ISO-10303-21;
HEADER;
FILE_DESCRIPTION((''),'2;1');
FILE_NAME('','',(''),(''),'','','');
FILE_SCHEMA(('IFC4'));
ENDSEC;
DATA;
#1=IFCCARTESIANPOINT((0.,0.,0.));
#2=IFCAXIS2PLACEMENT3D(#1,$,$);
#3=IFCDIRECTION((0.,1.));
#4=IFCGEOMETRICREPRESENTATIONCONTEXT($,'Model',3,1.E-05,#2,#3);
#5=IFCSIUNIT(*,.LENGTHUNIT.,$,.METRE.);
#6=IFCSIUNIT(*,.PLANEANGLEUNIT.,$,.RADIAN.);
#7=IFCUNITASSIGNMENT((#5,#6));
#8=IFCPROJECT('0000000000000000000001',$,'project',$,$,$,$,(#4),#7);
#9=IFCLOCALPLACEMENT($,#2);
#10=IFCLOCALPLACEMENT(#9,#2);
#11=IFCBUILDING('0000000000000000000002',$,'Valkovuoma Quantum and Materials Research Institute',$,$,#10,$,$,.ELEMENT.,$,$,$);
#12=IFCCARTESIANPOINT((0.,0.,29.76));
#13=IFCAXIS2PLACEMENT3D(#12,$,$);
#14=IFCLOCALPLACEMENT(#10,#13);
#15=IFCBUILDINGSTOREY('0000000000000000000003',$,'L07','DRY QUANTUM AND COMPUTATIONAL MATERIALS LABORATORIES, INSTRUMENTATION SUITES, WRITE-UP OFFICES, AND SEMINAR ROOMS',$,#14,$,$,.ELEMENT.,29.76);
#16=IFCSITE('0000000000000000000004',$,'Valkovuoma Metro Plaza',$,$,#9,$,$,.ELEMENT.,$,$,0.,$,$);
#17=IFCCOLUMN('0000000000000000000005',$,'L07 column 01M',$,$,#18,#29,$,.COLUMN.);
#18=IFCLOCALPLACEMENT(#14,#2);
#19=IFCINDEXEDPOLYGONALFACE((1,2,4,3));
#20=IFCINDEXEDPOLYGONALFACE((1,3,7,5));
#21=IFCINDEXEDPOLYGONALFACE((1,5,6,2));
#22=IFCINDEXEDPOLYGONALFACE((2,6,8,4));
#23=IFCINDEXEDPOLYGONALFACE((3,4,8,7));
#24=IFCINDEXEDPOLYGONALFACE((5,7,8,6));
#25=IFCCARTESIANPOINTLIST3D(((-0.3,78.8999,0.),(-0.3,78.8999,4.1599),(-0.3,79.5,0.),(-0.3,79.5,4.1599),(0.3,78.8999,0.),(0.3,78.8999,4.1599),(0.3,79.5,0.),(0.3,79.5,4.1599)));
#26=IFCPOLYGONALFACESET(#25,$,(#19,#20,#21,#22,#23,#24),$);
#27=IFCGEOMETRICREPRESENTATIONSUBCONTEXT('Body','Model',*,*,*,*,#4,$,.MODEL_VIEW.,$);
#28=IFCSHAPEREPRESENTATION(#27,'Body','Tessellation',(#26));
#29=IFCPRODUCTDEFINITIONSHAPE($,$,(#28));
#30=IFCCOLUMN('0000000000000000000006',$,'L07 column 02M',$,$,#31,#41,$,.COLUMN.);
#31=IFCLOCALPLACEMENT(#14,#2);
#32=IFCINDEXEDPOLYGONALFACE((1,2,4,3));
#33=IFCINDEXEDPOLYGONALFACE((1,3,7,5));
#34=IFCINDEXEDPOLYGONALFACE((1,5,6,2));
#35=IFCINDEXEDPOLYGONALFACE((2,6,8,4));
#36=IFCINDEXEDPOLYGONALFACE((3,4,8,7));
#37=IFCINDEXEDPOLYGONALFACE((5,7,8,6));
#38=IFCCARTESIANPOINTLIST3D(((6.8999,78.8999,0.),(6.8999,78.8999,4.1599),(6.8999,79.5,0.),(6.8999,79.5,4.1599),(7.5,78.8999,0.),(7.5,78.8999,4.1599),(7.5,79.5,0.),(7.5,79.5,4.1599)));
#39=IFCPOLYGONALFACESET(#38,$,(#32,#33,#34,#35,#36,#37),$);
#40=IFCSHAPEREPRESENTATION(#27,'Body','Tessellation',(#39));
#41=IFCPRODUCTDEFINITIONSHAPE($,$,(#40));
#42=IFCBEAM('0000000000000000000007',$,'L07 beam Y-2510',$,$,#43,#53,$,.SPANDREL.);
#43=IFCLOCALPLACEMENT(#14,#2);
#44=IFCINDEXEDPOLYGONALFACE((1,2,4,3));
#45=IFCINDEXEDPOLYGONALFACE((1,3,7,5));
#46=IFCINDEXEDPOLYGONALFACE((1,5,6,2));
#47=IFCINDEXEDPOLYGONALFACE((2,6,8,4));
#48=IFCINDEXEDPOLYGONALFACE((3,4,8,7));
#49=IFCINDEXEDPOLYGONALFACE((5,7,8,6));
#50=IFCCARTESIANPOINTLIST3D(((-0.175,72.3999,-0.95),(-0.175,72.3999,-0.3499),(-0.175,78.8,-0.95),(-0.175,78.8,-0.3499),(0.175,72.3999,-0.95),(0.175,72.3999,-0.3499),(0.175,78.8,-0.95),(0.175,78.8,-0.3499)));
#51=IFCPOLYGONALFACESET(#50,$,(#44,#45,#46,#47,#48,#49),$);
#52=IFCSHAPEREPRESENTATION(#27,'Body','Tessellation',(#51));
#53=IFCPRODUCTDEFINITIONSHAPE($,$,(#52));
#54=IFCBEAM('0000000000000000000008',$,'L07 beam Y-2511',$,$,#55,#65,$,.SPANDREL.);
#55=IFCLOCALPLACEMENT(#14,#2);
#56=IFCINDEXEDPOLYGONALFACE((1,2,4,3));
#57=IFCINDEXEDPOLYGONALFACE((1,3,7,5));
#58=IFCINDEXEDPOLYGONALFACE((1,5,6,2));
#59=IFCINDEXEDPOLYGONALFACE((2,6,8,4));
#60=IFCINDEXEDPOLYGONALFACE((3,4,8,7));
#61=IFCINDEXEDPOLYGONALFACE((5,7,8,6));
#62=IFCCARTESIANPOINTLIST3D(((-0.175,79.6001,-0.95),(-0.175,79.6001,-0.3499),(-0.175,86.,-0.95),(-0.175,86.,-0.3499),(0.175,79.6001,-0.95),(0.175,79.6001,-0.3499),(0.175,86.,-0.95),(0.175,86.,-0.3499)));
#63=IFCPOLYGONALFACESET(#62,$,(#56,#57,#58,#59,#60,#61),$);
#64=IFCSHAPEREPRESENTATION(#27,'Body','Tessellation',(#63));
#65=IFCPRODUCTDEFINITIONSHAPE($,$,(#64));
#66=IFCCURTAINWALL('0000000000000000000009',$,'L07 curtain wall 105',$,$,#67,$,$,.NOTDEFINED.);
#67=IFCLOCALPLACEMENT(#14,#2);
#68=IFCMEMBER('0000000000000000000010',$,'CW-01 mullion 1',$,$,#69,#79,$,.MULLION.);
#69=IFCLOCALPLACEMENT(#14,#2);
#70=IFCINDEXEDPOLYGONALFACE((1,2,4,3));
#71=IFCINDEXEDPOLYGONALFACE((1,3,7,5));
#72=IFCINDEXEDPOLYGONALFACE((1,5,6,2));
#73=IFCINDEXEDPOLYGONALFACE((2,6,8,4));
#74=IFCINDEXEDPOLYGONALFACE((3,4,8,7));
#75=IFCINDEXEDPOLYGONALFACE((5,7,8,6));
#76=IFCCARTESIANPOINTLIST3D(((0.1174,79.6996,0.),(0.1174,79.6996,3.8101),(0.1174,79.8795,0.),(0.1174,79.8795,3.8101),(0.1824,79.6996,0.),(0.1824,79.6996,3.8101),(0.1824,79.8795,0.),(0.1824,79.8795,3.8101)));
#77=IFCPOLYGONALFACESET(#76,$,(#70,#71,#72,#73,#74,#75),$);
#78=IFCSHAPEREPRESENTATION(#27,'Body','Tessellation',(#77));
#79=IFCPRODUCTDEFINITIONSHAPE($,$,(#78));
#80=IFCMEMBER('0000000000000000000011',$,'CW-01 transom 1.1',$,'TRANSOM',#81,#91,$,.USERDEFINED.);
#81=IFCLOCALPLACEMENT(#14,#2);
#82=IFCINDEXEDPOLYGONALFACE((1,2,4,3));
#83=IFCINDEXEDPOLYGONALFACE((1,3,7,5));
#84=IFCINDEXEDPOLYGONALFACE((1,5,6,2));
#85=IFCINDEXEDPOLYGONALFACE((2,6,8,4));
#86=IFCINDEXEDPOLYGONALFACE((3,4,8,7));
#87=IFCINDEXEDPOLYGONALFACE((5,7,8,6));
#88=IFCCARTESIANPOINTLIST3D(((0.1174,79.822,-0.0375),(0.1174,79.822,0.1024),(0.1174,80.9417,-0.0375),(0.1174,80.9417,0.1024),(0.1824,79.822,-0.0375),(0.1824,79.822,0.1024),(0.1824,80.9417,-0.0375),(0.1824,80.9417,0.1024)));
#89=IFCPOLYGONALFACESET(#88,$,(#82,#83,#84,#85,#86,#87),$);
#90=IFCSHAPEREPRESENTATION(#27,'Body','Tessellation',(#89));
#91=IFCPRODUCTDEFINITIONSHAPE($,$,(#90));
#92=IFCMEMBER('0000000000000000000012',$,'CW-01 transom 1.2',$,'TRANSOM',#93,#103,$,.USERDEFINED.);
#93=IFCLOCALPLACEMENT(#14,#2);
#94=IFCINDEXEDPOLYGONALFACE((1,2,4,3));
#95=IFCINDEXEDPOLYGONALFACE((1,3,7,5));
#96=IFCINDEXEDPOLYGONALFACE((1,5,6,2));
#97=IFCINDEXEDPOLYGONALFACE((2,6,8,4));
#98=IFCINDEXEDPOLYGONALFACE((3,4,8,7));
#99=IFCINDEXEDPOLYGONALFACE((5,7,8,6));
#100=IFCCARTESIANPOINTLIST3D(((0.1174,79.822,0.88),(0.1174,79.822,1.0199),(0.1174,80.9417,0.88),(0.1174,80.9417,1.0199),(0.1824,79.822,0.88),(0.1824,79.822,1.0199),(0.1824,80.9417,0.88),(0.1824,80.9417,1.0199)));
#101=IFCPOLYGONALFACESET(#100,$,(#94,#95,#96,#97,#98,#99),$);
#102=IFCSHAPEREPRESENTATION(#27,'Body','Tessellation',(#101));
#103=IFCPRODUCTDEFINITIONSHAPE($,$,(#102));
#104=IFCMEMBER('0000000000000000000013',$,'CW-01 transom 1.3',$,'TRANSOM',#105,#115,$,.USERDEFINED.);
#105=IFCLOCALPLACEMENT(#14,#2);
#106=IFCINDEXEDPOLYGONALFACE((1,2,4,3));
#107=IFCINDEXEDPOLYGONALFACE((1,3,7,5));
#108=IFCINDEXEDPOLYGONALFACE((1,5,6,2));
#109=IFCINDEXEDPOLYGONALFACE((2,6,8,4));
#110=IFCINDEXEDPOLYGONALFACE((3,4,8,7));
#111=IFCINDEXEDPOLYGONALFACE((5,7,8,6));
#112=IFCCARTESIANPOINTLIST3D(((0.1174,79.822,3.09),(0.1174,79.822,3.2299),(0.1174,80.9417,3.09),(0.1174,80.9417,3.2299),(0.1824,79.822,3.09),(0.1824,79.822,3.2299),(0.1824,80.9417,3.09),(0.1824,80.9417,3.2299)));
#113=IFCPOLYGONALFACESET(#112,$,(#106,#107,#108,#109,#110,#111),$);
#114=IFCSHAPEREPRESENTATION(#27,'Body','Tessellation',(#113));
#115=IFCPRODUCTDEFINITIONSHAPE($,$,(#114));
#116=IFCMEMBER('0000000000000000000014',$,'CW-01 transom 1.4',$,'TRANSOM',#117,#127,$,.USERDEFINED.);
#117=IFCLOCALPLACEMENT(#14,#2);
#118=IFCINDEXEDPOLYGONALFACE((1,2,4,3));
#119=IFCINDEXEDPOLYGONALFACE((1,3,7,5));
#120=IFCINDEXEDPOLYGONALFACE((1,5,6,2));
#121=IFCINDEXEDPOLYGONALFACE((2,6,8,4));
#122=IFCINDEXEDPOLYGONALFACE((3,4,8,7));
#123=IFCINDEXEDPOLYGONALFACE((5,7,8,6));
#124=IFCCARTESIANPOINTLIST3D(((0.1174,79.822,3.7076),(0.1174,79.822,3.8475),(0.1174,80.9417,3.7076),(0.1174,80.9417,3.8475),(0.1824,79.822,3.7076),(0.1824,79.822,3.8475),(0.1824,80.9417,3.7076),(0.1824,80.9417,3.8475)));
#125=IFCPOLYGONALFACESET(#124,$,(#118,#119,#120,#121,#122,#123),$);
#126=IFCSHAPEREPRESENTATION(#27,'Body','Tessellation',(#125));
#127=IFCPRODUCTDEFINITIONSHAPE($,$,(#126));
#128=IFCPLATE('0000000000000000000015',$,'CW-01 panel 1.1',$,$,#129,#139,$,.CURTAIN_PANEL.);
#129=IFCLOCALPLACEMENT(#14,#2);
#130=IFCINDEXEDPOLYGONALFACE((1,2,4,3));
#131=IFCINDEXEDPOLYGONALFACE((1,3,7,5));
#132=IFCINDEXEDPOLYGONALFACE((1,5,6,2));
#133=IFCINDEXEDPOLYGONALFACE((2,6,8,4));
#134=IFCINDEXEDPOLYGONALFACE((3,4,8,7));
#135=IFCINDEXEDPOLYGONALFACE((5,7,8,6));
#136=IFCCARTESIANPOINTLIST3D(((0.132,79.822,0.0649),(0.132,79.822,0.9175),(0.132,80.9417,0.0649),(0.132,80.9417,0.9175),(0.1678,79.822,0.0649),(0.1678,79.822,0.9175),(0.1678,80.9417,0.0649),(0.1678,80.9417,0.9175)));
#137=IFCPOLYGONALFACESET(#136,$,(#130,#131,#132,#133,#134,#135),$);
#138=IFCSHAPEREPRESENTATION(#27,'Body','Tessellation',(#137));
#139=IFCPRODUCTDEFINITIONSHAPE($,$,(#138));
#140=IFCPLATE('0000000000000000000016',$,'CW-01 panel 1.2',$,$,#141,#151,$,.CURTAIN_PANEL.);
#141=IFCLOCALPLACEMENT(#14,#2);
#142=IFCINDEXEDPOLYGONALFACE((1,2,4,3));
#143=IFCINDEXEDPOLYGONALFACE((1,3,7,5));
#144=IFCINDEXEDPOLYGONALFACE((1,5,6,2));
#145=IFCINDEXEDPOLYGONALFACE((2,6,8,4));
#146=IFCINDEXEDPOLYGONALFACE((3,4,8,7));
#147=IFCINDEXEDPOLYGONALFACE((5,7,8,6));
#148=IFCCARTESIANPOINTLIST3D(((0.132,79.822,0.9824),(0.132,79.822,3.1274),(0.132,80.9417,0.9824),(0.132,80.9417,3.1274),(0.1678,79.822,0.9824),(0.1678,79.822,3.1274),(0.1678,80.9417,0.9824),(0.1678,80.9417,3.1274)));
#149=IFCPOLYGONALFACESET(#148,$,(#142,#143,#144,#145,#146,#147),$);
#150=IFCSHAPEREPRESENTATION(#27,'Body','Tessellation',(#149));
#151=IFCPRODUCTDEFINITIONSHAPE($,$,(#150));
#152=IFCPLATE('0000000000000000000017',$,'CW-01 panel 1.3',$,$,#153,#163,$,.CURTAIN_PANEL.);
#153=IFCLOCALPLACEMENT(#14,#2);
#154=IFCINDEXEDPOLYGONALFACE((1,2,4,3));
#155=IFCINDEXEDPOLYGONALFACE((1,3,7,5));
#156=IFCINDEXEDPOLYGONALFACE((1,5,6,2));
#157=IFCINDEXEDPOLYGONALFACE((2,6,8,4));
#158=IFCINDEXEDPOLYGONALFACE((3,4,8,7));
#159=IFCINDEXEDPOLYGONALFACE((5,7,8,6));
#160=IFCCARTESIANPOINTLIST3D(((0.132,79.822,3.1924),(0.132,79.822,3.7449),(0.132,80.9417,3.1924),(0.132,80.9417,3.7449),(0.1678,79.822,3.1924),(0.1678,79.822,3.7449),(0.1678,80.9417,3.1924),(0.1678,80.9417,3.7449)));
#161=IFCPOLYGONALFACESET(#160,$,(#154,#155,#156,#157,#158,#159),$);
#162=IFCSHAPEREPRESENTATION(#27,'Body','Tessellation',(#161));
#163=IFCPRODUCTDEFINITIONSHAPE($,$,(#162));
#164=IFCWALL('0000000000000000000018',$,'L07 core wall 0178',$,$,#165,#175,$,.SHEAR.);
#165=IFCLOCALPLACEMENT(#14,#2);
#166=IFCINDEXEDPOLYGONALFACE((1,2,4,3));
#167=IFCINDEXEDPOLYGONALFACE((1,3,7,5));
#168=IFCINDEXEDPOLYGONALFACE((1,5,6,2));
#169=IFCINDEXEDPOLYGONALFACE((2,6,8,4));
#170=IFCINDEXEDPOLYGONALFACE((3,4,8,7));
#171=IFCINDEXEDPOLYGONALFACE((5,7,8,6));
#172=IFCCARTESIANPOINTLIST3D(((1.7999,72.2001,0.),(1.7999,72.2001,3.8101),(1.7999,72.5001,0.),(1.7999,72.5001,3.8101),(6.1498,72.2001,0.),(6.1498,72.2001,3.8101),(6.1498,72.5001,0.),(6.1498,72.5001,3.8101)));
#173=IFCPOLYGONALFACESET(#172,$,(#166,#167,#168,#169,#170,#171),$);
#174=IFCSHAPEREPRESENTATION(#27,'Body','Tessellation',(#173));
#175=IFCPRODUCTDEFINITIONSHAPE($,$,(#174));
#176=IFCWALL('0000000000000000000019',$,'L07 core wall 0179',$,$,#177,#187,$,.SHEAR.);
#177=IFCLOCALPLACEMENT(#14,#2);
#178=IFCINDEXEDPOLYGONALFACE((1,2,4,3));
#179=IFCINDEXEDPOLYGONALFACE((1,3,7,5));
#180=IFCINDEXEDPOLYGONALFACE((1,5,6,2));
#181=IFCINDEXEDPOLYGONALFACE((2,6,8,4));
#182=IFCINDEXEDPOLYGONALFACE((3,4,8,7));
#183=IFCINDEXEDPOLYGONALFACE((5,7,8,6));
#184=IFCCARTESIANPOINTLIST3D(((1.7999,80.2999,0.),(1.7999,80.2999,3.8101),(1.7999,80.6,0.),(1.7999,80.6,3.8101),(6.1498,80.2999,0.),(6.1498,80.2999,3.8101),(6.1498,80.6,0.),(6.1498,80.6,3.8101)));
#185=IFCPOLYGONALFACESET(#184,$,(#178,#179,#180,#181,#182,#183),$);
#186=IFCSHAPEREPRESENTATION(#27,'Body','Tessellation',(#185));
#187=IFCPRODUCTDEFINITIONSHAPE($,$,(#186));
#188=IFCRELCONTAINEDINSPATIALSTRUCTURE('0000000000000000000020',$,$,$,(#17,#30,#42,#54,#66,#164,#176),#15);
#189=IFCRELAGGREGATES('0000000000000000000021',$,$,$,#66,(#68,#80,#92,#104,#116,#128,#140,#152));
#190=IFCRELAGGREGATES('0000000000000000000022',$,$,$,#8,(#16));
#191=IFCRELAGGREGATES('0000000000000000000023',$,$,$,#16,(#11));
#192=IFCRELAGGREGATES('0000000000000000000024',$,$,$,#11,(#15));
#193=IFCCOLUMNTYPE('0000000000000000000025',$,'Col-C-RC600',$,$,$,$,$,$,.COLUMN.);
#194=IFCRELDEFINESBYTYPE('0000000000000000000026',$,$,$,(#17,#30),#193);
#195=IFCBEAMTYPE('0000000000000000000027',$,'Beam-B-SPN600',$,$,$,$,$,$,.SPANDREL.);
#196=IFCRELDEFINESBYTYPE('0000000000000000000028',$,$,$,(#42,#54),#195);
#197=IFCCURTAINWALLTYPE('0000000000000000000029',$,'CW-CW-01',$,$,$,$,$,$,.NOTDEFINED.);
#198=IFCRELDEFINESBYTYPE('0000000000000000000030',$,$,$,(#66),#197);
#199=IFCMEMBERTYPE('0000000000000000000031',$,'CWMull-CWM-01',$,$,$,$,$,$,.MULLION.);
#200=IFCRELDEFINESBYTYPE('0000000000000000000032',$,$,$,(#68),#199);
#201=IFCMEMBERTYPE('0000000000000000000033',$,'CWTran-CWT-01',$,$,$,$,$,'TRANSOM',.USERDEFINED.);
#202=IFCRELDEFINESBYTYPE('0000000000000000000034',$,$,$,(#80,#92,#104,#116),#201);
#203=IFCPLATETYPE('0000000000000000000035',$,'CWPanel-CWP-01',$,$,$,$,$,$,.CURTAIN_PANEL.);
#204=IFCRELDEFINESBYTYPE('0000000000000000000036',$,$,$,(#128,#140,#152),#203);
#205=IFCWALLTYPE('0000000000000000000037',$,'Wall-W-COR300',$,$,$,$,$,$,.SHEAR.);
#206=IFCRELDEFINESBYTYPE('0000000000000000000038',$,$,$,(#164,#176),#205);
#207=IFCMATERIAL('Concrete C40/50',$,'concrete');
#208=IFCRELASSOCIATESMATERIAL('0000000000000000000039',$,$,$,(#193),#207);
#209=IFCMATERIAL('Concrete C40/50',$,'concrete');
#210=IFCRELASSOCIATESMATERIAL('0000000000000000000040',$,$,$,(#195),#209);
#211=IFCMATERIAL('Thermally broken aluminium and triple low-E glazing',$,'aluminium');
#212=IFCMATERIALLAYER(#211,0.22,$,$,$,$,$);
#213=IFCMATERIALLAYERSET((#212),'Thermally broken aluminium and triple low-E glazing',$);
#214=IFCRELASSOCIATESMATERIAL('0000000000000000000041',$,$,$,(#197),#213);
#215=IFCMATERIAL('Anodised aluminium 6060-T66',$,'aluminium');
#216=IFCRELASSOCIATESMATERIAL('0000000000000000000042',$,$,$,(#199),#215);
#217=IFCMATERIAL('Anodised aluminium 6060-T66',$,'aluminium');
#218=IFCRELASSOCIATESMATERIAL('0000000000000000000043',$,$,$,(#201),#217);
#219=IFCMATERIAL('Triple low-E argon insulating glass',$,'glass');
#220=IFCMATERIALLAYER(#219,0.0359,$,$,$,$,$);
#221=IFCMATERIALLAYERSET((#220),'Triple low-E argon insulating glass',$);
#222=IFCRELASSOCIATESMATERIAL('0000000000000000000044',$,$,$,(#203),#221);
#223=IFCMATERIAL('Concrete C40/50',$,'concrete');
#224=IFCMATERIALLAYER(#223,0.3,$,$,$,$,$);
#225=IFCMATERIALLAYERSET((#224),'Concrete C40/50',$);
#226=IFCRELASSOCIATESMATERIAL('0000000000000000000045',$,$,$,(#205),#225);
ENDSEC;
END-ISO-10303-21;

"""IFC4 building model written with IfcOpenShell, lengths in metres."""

from ifc_helpers import new_model, si_unit, direction, frame, frame_2d, origin, origin_2d, place, context, subcontext, project, spatial, rectangle, extrude, material, layer, layer_set, material_profile, profile_set, type_object, element, aggregate, save


model = new_model("IFC4")

# Units and contexts
model_context = context("Model", 3, precision=1e-05, world=origin(), true_north=direction((0.0, 1.0)))
body_context = subcontext(model_context, "Body", "Model", "MODEL_VIEW")
ifc_project = project(units=[si_unit("LENGTHUNIT", "METRE"), si_unit("PLANEANGLEUNIT", "RADIAN")], contexts=[model_context])

# Site, building, storey
site_placement = place(None, origin())
site = spatial("IfcSite", under=ifc_project, at=site_placement, Name="Valkovuoma Metro Plaza", CompositionType="ELEMENT", RefElevation=0.0)
building_placement = place(site_placement, origin())
building = spatial("IfcBuilding", under=site, at=building_placement, Name="Valkovuoma Quantum and Materials Research Institute", CompositionType="ELEMENT")
storey_placement = place(building_placement, frame((0.0, 0.0, 29.76)))
storey = spatial("IfcBuildingStorey", under=building, at=storey_placement, Name="L07", Description="DRY QUANTUM AND COMPUTATIONAL MATERIALS LABORATORIES, INSTRUMENTATION SUITES, WRITE-UP OFFICES, AND SEMINAR ROOMS", CompositionType="ELEMENT", Elevation=29.76)

# Columns
ifc_material_1 = material(Name="Concrete C40/50", Category="concrete")
ifc_material_profile_1 = material_profile(ifc_material_1, rectangle(XDim=0.6001, YDim=0.6001, at=origin_2d()), Name="Concrete C40/50")
ifc_profile_set_1 = profile_set([ifc_material_profile_1], Name="Concrete C40/50")
column_type = type_object("IfcColumnType", Name="Col-C-RC600", PredefinedType="COLUMN", material=ifc_profile_set_1)
for number, where, z_axis, x_axis, name in (
    (1, (0.0, 79.2, 0.0), (0.0, 0.0, 1.0), (1.0, 0.0, 0.0), "L07 column 01M"),
    (2, (7.2, 79.2, 0.0), (0.0, 0.0, 1.0), (1.0, 0.0, 0.0), "L07 column 02M"),
):
    element("IfcColumn", number, at=place(storey_placement, frame(where, z_axis=z_axis, x_axis=x_axis)), inside=storey, type_object=column_type, Name=name, PredefinedType="COLUMN", context=body_context, shape_type="SweptSolid", body=[
        extrude(rectangle(XDim=0.6001, YDim=0.6001, at=origin_2d()), origin(), (0.0, 0.0, 1.0), 4.1599),
    ])

# Beams
ifc_material_2 = material(Name="Concrete C40/50", Category="concrete")
ifc_material_profile_2 = material_profile(ifc_material_2, rectangle(XDim=0.3501, YDim=0.6001, at=origin_2d()), Name="Concrete C40/50")
ifc_profile_set_2 = profile_set([ifc_material_profile_2], Name="Concrete C40/50")
beam_type = type_object("IfcBeamType", Name="Beam-B-SPN600", PredefinedType="SPANDREL", material=ifc_profile_set_2)
beam_1_placement = place(storey_placement, frame((0.0, 72.3999, -0.6499), z_axis=(0.0, 1.0, 0.0), x_axis=(-1.0, 0.0, 0.0)))
element("IfcBeam", 3, at=beam_1_placement, inside=storey, type_object=beam_type, Name="L07 beam Y-2510", PredefinedType="SPANDREL", context=body_context, shape_type="SweptSolid", body=[
    extrude(rectangle(XDim=0.3501, YDim=0.6001, at=origin_2d()), origin(), (0.0, 0.0, 1.0), 6.4001),
])
beam_2_placement = place(storey_placement, frame((0.0, 79.6001, -0.6499), z_axis=(0.0, 1.0, 0.0), x_axis=(-1.0, 0.0, 0.0)))
element("IfcBeam", 4, at=beam_2_placement, inside=storey, type_object=beam_type, Name="L07 beam Y-2511", PredefinedType="SPANDREL", context=body_context, shape_type="SweptSolid", body=[
    extrude(rectangle(XDim=0.3501, YDim=0.6001, at=origin_2d()), origin(), (0.0, 0.0, 1.0), 6.3999),
])

# Curtain wall, members, plates
ifc_material_3 = material(Name="Thermally broken aluminium and triple low-E glazing", Category="aluminium")
ifc_layer_1 = layer(ifc_material_3, 0.22)
ifc_layer_set_1 = layer_set([ifc_layer_1], Name="Thermally broken aluminium and triple low-E glazing")
curtain_wall_type = type_object("IfcCurtainWallType", Name="CW-CW-01", PredefinedType="NOTDEFINED", material=ifc_layer_set_1)
curtain_wall_placement = place(storey_placement, origin())
curtain_wall = element("IfcCurtainWall", 5, at=curtain_wall_placement, inside=storey, type_object=curtain_wall_type, Name="L07 curtain wall 105", PredefinedType="NOTDEFINED")
ifc_material_4 = material(Name="Anodised aluminium 6060-T66", Category="aluminium")
ifc_material_profile_3 = material_profile(ifc_material_4, rectangle(XDim=0.0649, YDim=0.1799, at=origin_2d()), Name="Anodised aluminium 6060-T66")
ifc_profile_set_3 = profile_set([ifc_material_profile_3], Name="Anodised aluminium 6060-T66")
member_type_1 = type_object("IfcMemberType", Name="CWMull-CWM-01", PredefinedType="MULLION", material=ifc_profile_set_3)
member_1_placement = place(storey_placement, frame((0.1499, 79.7896, 0.0), z_axis=(0.0, 0.0, 1.0), x_axis=(-1.0, 0.0, 0.0)))
member_1 = element("IfcMember", 6, at=member_1_placement, type_object=member_type_1, Name="CW-01 mullion 1", PredefinedType="MULLION", context=body_context, shape_type="SweptSolid", body=[
    extrude(rectangle(XDim=0.0649, YDim=0.1799, at=origin_2d()), origin(), (0.0, 0.0, 1.0), 3.8101),
])
ifc_material_5 = material(Name="Anodised aluminium 6060-T66", Category="aluminium")
ifc_material_profile_4 = material_profile(ifc_material_5, rectangle(XDim=0.0649, YDim=0.1399, at=origin_2d()), Name="Anodised aluminium 6060-T66")
ifc_profile_set_4 = profile_set([ifc_material_profile_4], Name="Anodised aluminium 6060-T66")
member_type_2 = type_object("IfcMemberType", Name="CWTran-CWT-01", ElementType="TRANSOM", PredefinedType="USERDEFINED", material=ifc_profile_set_4)
member_2_placement = place(storey_placement, frame((0.1499, 79.822, 0.0325), z_axis=(0.0, 1.0, 0.0), x_axis=(-1.0, 0.0, 0.0)))
member_2 = element("IfcMember", 7, at=member_2_placement, type_object=member_type_2, Name="CW-01 transom 1.1", ObjectType="TRANSOM", PredefinedType="USERDEFINED", context=body_context, shape_type="SweptSolid", body=[
    extrude(rectangle(XDim=0.0649, YDim=0.1399, at=origin_2d()), origin(), (0.0, 0.0, 1.0), 1.1196),
])
member_3_placement = place(storey_placement, frame((0.1499, 79.822, 0.95), z_axis=(0.0, 1.0, 0.0), x_axis=(-1.0, 0.0, 0.0)))
member_3 = element("IfcMember", 8, at=member_3_placement, type_object=member_type_2, Name="CW-01 transom 1.2", ObjectType="TRANSOM", PredefinedType="USERDEFINED", context=body_context, shape_type="SweptSolid", body=[
    extrude(rectangle(XDim=0.0649, YDim=0.1399, at=origin_2d()), origin(), (0.0, 0.0, 1.0), 1.1196),
])
member_4_placement = place(storey_placement, frame((0.1499, 79.822, 3.1599), z_axis=(0.0, 1.0, 0.0), x_axis=(-1.0, 0.0, 0.0)))
member_4 = element("IfcMember", 9, at=member_4_placement, type_object=member_type_2, Name="CW-01 transom 1.3", ObjectType="TRANSOM", PredefinedType="USERDEFINED", context=body_context, shape_type="SweptSolid", body=[
    extrude(rectangle(XDim=0.0649, YDim=0.1399, at=origin_2d()), origin(), (0.0, 0.0, 1.0), 1.1196),
])
member_5_placement = place(storey_placement, frame((0.1499, 79.822, 3.7776), z_axis=(0.0, 1.0, 0.0), x_axis=(-1.0, 0.0, 0.0)))
member_5 = element("IfcMember", 10, at=member_5_placement, type_object=member_type_2, Name="CW-01 transom 1.4", ObjectType="TRANSOM", PredefinedType="USERDEFINED", context=body_context, shape_type="SweptSolid", body=[
    extrude(rectangle(XDim=0.0649, YDim=0.1399, at=origin_2d()), origin(), (0.0, 0.0, 1.0), 1.1196),
])
ifc_material_6 = material(Name="Triple low-E argon insulating glass", Category="glass")
ifc_layer_2 = layer(ifc_material_6, 0.0359)
ifc_layer_set_2 = layer_set([ifc_layer_2], Name="Triple low-E argon insulating glass")
plate_type = type_object("IfcPlateType", Name="CWPanel-CWP-01", PredefinedType="CURTAIN_PANEL", material=ifc_layer_set_2)
plate_1_placement = place(storey_placement, frame((0.1499, 80.3818, 0.0649), z_axis=(0.0, 0.0, 1.0), x_axis=(0.0, 1.0, 0.0)))
plate_1 = element("IfcPlate", 11, at=plate_1_placement, type_object=plate_type, Name="CW-01 panel 1.1", PredefinedType="CURTAIN_PANEL", context=body_context, shape_type="SweptSolid", body=[
    extrude(rectangle(XDim=1.1196, YDim=0.0359, at=origin_2d()), origin(), (0.0, 0.0, 1.0), 0.8525),
])
plate_2_placement = place(storey_placement, frame((0.1499, 80.3818, 0.9824), z_axis=(0.0, 0.0, 1.0), x_axis=(0.0, 1.0, 0.0)))
plate_2 = element("IfcPlate", 12, at=plate_2_placement, type_object=plate_type, Name="CW-01 panel 1.2", PredefinedType="CURTAIN_PANEL", context=body_context, shape_type="SweptSolid", body=[
    extrude(rectangle(XDim=1.1196, YDim=0.0359, at=origin_2d()), origin(), (0.0, 0.0, 1.0), 2.145),
])
plate_3_placement = place(storey_placement, frame((0.1499, 80.3818, 3.1924), z_axis=(0.0, 0.0, 1.0), x_axis=(0.0, 1.0, 0.0)))
plate_3 = element("IfcPlate", 13, at=plate_3_placement, type_object=plate_type, Name="CW-01 panel 1.3", PredefinedType="CURTAIN_PANEL", context=body_context, shape_type="SweptSolid", body=[
    extrude(rectangle(XDim=1.1196, YDim=0.0359, at=origin_2d()), origin(), (0.0, 0.0, 1.0), 0.5525),
])
aggregate(curtain_wall, [member_1, member_2, member_3, member_4, member_5, plate_1, plate_2, plate_3])

# Walls
ifc_material_7 = material(Name="Concrete C40/50", Category="concrete")
ifc_layer_3 = layer(ifc_material_7, 0.3)
ifc_layer_set_3 = layer_set([ifc_layer_3], Name="Concrete C40/50")
wall_type = type_object("IfcWallType", Name="Wall-W-COR300", PredefinedType="SHEAR", material=ifc_layer_set_3)
for number, where, z_axis, x_axis, name in (
    (14, (1.8, 72.3501, 0.0), (0.0, 0.0, 1.0), (1.0, 0.0, 0.0), "L07 core wall 0178"),
    (15, (1.8, 80.45, 0.0), (0.0, 0.0, 1.0), (1.0, 0.0, 0.0), "L07 core wall 0179"),
):
    element("IfcWall", number, at=place(storey_placement, frame(where, z_axis=z_axis, x_axis=x_axis)), inside=storey, type_object=wall_type, Name=name, PredefinedType="SHEAR", context=body_context, shape_type="SweptSolid", body=[
        extrude(rectangle(XDim=4.3499, YDim=0.3, at=frame_2d((2.1748, 0.0))), origin(), (0.0, 0.0, 1.0), 3.8101),
    ])

save(model, "model.ifc")
